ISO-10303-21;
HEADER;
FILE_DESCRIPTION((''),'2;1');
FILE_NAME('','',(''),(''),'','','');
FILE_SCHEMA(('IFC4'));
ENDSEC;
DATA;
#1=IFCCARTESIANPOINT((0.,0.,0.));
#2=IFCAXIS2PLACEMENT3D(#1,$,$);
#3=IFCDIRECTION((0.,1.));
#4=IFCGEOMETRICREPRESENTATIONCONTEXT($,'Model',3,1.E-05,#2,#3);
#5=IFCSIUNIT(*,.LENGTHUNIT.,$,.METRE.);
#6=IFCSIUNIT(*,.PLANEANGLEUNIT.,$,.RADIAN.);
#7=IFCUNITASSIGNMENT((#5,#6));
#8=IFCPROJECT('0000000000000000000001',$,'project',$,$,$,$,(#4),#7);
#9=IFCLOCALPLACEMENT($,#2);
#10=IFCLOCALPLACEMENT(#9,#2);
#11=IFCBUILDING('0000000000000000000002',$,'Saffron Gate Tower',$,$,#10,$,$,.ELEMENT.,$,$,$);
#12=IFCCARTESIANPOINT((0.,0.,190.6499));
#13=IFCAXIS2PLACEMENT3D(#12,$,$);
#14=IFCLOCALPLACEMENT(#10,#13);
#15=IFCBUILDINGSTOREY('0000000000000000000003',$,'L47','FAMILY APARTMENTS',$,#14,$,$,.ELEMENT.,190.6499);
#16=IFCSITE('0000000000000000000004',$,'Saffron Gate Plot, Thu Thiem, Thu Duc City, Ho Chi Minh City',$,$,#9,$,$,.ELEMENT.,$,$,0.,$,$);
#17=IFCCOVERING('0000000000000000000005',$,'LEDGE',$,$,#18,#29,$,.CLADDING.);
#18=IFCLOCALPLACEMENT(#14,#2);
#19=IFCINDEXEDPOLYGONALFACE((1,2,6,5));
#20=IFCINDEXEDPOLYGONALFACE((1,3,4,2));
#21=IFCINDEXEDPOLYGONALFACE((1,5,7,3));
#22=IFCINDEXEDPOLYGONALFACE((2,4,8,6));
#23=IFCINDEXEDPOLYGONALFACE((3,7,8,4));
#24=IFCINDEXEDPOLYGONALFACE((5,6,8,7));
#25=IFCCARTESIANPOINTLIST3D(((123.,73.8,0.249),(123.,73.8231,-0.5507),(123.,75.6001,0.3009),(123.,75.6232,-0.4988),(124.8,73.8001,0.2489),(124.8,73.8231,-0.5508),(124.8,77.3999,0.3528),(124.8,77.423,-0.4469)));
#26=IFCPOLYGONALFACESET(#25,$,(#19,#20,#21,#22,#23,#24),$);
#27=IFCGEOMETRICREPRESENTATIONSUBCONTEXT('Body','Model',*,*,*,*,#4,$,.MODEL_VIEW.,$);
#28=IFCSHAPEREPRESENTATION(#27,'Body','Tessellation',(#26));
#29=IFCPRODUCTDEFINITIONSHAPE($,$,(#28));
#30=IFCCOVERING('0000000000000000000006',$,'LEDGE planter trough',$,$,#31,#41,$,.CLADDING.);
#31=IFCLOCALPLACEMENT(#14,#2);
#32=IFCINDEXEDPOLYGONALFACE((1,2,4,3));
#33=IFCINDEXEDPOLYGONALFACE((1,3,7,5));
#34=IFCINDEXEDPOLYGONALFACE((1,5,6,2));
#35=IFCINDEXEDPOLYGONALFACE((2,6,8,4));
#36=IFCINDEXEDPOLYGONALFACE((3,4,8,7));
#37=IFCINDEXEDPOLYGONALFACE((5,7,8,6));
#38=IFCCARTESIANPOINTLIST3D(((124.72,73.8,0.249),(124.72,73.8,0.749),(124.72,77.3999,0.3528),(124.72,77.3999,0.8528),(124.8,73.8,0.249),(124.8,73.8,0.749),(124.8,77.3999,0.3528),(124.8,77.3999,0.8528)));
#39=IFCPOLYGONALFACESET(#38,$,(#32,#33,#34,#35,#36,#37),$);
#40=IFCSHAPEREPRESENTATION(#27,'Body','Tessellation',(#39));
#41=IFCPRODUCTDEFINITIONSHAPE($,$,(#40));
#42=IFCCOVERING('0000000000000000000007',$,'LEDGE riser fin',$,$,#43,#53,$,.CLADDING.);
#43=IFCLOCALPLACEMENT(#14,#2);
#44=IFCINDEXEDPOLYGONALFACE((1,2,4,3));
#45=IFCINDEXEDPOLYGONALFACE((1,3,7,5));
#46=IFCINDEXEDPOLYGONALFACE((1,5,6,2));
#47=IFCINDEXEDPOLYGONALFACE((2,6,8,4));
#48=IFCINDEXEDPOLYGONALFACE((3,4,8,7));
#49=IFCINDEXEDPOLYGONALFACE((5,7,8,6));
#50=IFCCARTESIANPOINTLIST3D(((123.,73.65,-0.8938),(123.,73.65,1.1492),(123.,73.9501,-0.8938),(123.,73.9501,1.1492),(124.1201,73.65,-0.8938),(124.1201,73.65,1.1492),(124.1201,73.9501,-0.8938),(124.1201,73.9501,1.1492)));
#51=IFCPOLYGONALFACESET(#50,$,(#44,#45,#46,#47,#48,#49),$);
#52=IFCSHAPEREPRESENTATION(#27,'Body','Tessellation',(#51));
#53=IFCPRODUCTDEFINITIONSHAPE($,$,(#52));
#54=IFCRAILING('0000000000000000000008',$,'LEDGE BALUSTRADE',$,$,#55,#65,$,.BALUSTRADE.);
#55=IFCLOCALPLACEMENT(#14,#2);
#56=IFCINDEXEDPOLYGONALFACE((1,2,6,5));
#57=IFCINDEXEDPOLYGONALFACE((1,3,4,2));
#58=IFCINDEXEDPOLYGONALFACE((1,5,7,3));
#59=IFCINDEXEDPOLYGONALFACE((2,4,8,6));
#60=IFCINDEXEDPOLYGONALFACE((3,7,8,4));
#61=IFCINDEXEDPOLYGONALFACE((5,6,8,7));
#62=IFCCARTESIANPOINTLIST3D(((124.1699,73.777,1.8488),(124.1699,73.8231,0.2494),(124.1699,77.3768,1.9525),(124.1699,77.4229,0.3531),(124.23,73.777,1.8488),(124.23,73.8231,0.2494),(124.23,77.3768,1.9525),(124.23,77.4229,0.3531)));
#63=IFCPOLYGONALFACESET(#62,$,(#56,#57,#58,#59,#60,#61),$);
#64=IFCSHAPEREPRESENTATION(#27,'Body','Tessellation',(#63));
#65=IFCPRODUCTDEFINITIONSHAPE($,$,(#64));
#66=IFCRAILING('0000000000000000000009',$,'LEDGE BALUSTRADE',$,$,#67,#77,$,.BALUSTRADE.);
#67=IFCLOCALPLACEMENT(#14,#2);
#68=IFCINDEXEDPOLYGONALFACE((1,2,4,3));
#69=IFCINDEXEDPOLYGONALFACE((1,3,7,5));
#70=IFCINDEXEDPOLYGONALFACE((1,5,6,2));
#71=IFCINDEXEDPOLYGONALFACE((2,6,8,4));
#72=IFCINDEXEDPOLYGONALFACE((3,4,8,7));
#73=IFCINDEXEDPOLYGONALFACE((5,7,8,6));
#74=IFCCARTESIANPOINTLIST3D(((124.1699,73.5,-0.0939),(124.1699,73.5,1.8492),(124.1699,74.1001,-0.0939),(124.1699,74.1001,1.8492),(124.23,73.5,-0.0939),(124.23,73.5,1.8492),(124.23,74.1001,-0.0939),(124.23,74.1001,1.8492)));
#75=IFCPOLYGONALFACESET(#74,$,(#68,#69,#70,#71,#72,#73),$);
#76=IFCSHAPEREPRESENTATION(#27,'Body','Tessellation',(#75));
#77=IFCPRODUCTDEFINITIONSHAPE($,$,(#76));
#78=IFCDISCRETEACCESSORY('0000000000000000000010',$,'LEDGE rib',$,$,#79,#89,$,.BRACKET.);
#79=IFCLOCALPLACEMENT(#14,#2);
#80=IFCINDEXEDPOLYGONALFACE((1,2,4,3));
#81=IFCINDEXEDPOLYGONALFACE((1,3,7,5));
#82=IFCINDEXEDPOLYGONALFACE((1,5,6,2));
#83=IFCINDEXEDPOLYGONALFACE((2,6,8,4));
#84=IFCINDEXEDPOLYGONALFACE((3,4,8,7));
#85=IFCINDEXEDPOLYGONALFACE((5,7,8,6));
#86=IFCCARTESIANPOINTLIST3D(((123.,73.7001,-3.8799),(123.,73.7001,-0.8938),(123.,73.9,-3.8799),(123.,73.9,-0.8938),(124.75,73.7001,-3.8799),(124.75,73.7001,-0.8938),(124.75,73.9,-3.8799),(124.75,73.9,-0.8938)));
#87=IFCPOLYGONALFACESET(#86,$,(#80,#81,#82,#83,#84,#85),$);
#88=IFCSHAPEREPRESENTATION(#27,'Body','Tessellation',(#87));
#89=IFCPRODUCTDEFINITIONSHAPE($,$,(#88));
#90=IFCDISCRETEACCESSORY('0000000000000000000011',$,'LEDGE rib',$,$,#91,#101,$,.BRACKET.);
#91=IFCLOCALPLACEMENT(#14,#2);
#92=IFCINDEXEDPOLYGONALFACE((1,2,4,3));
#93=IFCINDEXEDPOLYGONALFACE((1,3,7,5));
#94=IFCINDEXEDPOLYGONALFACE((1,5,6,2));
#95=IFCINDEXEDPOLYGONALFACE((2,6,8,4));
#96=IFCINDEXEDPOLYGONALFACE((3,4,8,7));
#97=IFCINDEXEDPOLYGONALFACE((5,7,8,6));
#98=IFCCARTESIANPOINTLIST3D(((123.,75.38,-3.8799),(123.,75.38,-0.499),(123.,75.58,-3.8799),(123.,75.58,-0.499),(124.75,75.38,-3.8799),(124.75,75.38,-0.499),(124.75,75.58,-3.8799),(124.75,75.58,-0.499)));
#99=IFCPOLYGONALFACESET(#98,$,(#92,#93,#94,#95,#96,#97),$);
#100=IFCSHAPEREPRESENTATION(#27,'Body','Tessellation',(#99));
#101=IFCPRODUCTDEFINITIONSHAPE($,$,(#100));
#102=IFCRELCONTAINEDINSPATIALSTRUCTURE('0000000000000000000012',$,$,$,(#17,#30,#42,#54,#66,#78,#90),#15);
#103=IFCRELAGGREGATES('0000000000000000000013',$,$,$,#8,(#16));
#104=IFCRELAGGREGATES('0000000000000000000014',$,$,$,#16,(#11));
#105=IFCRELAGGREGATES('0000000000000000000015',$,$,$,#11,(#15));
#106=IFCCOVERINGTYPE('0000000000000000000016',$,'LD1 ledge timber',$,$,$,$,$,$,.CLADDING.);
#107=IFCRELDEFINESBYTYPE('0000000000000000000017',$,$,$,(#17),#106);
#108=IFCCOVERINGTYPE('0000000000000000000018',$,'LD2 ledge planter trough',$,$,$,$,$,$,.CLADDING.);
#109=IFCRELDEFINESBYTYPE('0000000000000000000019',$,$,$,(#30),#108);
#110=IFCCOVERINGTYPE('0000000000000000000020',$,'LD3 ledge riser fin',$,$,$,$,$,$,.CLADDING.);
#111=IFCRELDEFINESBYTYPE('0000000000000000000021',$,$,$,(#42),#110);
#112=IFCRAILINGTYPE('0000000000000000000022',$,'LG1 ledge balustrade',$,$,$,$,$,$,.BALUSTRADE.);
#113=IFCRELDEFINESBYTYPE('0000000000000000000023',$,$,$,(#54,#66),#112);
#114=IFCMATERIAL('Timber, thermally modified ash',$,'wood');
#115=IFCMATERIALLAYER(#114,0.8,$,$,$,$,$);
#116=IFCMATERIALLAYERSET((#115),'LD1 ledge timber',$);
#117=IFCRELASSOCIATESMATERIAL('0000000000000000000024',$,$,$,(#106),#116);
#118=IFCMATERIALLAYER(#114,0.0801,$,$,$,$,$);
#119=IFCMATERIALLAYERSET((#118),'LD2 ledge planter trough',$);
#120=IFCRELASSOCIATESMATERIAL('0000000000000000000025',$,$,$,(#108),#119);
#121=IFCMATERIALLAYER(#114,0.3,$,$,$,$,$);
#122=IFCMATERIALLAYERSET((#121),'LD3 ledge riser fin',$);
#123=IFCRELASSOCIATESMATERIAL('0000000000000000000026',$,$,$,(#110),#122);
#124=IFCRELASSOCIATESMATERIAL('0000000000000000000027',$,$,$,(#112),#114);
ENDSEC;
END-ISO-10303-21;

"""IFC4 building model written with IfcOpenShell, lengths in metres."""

from ifc_helpers import new_model, si_unit, direction, frame, origin, origin_2d, place, context, subcontext, project, spatial, polyline, rectangle, outline, extrude, material, layer, layer_set, type_object, element, save


model = new_model("IFC4")

# Units and contexts
model_context = context("Model", 3, precision=1e-05, world=origin(), true_north=direction((0.0, 1.0)))
body_context = subcontext(model_context, "Body", "Model", "MODEL_VIEW")
ifc_project = project(units=[si_unit("LENGTHUNIT", "METRE"), si_unit("PLANEANGLEUNIT", "RADIAN")], contexts=[model_context])

# Site, building, storey
site_placement = place(None, origin())
site = spatial("IfcSite", under=ifc_project, at=site_placement, Name="Saffron Gate Plot, Thu Thiem, Thu Duc City, Ho Chi Minh City", CompositionType="ELEMENT", RefElevation=0.0)
building_placement = place(site_placement, origin())
building = spatial("IfcBuilding", under=site, at=building_placement, Name="Saffron Gate Tower", CompositionType="ELEMENT")
storey_placement = place(building_placement, frame((0.0, 0.0, 190.6499)))
storey = spatial("IfcBuildingStorey", under=building, at=storey_placement, Name="L47", Description="FAMILY APARTMENTS", CompositionType="ELEMENT", Elevation=190.6499)

# Coverings
ifc_material_1 = material(Name="Timber, thermally modified ash", Category="wood")
ifc_layer_1 = layer(ifc_material_1, 0.8)
ifc_layer_set_1 = layer_set([ifc_layer_1], Name="LD1 ledge timber")
covering_type_1 = type_object("IfcCoveringType", Name="LD1 ledge timber", PredefinedType="CLADDING", material=ifc_layer_set_1)
covering_1_placement = place(storey_placement, frame((123.0, 73.8, 0.249), z_axis=(0.000044, -0.028833, 0.999584), x_axis=(0.0, 0.999584, 0.028833)))
element("IfcCovering", 1, at=covering_1_placement, inside=storey, type_object=covering_type_1, Name="LEDGE", PredefinedType="CLADDING", context=body_context, shape_type="SweptSolid", body=[
    extrude(outline(polyline([(0.0, 0.0), (1.8008, 0.0), (3.6013, -1.8), (0.0, -1.8), (0.0, 0.0)])), origin(), (0.0, 0.0, -1.0), 0.8),
])
ifc_layer_2 = layer(ifc_material_1, 0.0801)
ifc_layer_set_2 = layer_set([ifc_layer_2], Name="LD2 ledge planter trough")
covering_type_2 = type_object("IfcCoveringType", Name="LD2 ledge planter trough", PredefinedType="CLADDING", material=ifc_layer_set_2)
covering_2_placement = place(storey_placement, frame((124.8, 73.8, 0.249), z_axis=(1.0, 0.0, 0.0), x_axis=(0.0, 0.999585, 0.028811)))
element("IfcCovering", 2, at=covering_2_placement, inside=storey, type_object=covering_type_2, Name="LEDGE planter trough", PredefinedType="CLADDING", context=body_context, shape_type="SweptSolid", body=[
    extrude(outline(polyline([(0.0, 0.0), (3.6013, 0.0), (3.6158, 0.4998), (0.0144, 0.4998), (0.0, 0.0)])), origin(), (0.0, 0.0, -1.0), 0.0801),
])
ifc_layer_3 = layer(ifc_material_1, 0.3)
ifc_layer_set_3 = layer_set([ifc_layer_3], Name="LD3 ledge riser fin")
covering_type_3 = type_object("IfcCoveringType", Name="LD3 ledge riser fin", PredefinedType="CLADDING", material=ifc_layer_set_3)
covering_3_placement = place(storey_placement, frame((123.5601, 73.8, -0.8938), z_axis=(0.0, 0.0, 1.0), x_axis=(0.0, 1.0, 0.0)))
element("IfcCovering", 3, at=covering_3_placement, inside=storey, type_object=covering_type_3, Name="LEDGE riser fin", PredefinedType="CLADDING", context=body_context, shape_type="SweptSolid", body=[
    extrude(rectangle(XDim=0.3, YDim=1.1201, at=origin_2d()), origin(), (0.0, 0.0, 1.0), 2.043),
])

# Railings
railing_type = type_object("IfcRailingType", Name="LG1 ledge balustrade", PredefinedType="BALUSTRADE", material=ifc_material_1)
railing_1_placement = place(storey_placement, frame((124.2, 73.8, 0.249)))
element("IfcRailing", 4, at=railing_1_placement, inside=storey, type_object=railing_type, Name="LEDGE BALUSTRADE", PredefinedType="BALUSTRADE", context=body_context, shape_type="SweptSolid", body=[
    extrude(rectangle(XDim=0.0601, YDim=1.6001, at=origin_2d()), frame((0.0, 0.0, 0.8), z_axis=(0.0, 0.999585, 0.028811), x_axis=(-1.0, 0.0, 0.0)), (0.0, 0.0, 1.0), 3.6013),
])
railing_2_placement = place(storey_placement, frame((124.2, 73.5, -0.094)))
element("IfcRailing", 5, at=railing_2_placement, inside=storey, type_object=railing_type, Name="LEDGE BALUSTRADE", PredefinedType="BALUSTRADE", context=body_context, shape_type="SweptSolid", body=[
    extrude(rectangle(XDim=0.0601, YDim=1.9431, at=origin_2d()), frame((0.0, 0.0, 0.9717), z_axis=(0.0, 1.0, 0.0), x_axis=(-1.0, 0.0, 0.0)), (0.0, 0.0, 1.0), 0.6001),
])

# Discrete accessories
discrete_accessory_1_placement = place(storey_placement, frame((123.875, 73.8, -3.8799), z_axis=(0.0, 0.0, 1.0), x_axis=(0.0, 1.0, 0.0)))
element("IfcDiscreteAccessory", 6, at=discrete_accessory_1_placement, inside=storey, Name="LEDGE rib", PredefinedType="BRACKET", context=body_context, shape_type="SweptSolid", body=[
    extrude(rectangle(XDim=0.2, YDim=1.75, at=origin_2d()), origin(), (0.0, 0.0, 1.0), 2.9861),
])
discrete_accessory_2_placement = place(storey_placement, frame((123.875, 75.48, -3.8799), z_axis=(0.0, 0.0, 1.0), x_axis=(0.0, 1.0, 0.0)))
element("IfcDiscreteAccessory", 7, at=discrete_accessory_2_placement, inside=storey, Name="LEDGE rib", PredefinedType="BRACKET", context=body_context, shape_type="SweptSolid", body=[
    extrude(rectangle(XDim=0.2, YDim=1.75, at=origin_2d()), origin(), (0.0, 0.0, 1.0), 3.3809),
])

save(model, "model.ifc")
